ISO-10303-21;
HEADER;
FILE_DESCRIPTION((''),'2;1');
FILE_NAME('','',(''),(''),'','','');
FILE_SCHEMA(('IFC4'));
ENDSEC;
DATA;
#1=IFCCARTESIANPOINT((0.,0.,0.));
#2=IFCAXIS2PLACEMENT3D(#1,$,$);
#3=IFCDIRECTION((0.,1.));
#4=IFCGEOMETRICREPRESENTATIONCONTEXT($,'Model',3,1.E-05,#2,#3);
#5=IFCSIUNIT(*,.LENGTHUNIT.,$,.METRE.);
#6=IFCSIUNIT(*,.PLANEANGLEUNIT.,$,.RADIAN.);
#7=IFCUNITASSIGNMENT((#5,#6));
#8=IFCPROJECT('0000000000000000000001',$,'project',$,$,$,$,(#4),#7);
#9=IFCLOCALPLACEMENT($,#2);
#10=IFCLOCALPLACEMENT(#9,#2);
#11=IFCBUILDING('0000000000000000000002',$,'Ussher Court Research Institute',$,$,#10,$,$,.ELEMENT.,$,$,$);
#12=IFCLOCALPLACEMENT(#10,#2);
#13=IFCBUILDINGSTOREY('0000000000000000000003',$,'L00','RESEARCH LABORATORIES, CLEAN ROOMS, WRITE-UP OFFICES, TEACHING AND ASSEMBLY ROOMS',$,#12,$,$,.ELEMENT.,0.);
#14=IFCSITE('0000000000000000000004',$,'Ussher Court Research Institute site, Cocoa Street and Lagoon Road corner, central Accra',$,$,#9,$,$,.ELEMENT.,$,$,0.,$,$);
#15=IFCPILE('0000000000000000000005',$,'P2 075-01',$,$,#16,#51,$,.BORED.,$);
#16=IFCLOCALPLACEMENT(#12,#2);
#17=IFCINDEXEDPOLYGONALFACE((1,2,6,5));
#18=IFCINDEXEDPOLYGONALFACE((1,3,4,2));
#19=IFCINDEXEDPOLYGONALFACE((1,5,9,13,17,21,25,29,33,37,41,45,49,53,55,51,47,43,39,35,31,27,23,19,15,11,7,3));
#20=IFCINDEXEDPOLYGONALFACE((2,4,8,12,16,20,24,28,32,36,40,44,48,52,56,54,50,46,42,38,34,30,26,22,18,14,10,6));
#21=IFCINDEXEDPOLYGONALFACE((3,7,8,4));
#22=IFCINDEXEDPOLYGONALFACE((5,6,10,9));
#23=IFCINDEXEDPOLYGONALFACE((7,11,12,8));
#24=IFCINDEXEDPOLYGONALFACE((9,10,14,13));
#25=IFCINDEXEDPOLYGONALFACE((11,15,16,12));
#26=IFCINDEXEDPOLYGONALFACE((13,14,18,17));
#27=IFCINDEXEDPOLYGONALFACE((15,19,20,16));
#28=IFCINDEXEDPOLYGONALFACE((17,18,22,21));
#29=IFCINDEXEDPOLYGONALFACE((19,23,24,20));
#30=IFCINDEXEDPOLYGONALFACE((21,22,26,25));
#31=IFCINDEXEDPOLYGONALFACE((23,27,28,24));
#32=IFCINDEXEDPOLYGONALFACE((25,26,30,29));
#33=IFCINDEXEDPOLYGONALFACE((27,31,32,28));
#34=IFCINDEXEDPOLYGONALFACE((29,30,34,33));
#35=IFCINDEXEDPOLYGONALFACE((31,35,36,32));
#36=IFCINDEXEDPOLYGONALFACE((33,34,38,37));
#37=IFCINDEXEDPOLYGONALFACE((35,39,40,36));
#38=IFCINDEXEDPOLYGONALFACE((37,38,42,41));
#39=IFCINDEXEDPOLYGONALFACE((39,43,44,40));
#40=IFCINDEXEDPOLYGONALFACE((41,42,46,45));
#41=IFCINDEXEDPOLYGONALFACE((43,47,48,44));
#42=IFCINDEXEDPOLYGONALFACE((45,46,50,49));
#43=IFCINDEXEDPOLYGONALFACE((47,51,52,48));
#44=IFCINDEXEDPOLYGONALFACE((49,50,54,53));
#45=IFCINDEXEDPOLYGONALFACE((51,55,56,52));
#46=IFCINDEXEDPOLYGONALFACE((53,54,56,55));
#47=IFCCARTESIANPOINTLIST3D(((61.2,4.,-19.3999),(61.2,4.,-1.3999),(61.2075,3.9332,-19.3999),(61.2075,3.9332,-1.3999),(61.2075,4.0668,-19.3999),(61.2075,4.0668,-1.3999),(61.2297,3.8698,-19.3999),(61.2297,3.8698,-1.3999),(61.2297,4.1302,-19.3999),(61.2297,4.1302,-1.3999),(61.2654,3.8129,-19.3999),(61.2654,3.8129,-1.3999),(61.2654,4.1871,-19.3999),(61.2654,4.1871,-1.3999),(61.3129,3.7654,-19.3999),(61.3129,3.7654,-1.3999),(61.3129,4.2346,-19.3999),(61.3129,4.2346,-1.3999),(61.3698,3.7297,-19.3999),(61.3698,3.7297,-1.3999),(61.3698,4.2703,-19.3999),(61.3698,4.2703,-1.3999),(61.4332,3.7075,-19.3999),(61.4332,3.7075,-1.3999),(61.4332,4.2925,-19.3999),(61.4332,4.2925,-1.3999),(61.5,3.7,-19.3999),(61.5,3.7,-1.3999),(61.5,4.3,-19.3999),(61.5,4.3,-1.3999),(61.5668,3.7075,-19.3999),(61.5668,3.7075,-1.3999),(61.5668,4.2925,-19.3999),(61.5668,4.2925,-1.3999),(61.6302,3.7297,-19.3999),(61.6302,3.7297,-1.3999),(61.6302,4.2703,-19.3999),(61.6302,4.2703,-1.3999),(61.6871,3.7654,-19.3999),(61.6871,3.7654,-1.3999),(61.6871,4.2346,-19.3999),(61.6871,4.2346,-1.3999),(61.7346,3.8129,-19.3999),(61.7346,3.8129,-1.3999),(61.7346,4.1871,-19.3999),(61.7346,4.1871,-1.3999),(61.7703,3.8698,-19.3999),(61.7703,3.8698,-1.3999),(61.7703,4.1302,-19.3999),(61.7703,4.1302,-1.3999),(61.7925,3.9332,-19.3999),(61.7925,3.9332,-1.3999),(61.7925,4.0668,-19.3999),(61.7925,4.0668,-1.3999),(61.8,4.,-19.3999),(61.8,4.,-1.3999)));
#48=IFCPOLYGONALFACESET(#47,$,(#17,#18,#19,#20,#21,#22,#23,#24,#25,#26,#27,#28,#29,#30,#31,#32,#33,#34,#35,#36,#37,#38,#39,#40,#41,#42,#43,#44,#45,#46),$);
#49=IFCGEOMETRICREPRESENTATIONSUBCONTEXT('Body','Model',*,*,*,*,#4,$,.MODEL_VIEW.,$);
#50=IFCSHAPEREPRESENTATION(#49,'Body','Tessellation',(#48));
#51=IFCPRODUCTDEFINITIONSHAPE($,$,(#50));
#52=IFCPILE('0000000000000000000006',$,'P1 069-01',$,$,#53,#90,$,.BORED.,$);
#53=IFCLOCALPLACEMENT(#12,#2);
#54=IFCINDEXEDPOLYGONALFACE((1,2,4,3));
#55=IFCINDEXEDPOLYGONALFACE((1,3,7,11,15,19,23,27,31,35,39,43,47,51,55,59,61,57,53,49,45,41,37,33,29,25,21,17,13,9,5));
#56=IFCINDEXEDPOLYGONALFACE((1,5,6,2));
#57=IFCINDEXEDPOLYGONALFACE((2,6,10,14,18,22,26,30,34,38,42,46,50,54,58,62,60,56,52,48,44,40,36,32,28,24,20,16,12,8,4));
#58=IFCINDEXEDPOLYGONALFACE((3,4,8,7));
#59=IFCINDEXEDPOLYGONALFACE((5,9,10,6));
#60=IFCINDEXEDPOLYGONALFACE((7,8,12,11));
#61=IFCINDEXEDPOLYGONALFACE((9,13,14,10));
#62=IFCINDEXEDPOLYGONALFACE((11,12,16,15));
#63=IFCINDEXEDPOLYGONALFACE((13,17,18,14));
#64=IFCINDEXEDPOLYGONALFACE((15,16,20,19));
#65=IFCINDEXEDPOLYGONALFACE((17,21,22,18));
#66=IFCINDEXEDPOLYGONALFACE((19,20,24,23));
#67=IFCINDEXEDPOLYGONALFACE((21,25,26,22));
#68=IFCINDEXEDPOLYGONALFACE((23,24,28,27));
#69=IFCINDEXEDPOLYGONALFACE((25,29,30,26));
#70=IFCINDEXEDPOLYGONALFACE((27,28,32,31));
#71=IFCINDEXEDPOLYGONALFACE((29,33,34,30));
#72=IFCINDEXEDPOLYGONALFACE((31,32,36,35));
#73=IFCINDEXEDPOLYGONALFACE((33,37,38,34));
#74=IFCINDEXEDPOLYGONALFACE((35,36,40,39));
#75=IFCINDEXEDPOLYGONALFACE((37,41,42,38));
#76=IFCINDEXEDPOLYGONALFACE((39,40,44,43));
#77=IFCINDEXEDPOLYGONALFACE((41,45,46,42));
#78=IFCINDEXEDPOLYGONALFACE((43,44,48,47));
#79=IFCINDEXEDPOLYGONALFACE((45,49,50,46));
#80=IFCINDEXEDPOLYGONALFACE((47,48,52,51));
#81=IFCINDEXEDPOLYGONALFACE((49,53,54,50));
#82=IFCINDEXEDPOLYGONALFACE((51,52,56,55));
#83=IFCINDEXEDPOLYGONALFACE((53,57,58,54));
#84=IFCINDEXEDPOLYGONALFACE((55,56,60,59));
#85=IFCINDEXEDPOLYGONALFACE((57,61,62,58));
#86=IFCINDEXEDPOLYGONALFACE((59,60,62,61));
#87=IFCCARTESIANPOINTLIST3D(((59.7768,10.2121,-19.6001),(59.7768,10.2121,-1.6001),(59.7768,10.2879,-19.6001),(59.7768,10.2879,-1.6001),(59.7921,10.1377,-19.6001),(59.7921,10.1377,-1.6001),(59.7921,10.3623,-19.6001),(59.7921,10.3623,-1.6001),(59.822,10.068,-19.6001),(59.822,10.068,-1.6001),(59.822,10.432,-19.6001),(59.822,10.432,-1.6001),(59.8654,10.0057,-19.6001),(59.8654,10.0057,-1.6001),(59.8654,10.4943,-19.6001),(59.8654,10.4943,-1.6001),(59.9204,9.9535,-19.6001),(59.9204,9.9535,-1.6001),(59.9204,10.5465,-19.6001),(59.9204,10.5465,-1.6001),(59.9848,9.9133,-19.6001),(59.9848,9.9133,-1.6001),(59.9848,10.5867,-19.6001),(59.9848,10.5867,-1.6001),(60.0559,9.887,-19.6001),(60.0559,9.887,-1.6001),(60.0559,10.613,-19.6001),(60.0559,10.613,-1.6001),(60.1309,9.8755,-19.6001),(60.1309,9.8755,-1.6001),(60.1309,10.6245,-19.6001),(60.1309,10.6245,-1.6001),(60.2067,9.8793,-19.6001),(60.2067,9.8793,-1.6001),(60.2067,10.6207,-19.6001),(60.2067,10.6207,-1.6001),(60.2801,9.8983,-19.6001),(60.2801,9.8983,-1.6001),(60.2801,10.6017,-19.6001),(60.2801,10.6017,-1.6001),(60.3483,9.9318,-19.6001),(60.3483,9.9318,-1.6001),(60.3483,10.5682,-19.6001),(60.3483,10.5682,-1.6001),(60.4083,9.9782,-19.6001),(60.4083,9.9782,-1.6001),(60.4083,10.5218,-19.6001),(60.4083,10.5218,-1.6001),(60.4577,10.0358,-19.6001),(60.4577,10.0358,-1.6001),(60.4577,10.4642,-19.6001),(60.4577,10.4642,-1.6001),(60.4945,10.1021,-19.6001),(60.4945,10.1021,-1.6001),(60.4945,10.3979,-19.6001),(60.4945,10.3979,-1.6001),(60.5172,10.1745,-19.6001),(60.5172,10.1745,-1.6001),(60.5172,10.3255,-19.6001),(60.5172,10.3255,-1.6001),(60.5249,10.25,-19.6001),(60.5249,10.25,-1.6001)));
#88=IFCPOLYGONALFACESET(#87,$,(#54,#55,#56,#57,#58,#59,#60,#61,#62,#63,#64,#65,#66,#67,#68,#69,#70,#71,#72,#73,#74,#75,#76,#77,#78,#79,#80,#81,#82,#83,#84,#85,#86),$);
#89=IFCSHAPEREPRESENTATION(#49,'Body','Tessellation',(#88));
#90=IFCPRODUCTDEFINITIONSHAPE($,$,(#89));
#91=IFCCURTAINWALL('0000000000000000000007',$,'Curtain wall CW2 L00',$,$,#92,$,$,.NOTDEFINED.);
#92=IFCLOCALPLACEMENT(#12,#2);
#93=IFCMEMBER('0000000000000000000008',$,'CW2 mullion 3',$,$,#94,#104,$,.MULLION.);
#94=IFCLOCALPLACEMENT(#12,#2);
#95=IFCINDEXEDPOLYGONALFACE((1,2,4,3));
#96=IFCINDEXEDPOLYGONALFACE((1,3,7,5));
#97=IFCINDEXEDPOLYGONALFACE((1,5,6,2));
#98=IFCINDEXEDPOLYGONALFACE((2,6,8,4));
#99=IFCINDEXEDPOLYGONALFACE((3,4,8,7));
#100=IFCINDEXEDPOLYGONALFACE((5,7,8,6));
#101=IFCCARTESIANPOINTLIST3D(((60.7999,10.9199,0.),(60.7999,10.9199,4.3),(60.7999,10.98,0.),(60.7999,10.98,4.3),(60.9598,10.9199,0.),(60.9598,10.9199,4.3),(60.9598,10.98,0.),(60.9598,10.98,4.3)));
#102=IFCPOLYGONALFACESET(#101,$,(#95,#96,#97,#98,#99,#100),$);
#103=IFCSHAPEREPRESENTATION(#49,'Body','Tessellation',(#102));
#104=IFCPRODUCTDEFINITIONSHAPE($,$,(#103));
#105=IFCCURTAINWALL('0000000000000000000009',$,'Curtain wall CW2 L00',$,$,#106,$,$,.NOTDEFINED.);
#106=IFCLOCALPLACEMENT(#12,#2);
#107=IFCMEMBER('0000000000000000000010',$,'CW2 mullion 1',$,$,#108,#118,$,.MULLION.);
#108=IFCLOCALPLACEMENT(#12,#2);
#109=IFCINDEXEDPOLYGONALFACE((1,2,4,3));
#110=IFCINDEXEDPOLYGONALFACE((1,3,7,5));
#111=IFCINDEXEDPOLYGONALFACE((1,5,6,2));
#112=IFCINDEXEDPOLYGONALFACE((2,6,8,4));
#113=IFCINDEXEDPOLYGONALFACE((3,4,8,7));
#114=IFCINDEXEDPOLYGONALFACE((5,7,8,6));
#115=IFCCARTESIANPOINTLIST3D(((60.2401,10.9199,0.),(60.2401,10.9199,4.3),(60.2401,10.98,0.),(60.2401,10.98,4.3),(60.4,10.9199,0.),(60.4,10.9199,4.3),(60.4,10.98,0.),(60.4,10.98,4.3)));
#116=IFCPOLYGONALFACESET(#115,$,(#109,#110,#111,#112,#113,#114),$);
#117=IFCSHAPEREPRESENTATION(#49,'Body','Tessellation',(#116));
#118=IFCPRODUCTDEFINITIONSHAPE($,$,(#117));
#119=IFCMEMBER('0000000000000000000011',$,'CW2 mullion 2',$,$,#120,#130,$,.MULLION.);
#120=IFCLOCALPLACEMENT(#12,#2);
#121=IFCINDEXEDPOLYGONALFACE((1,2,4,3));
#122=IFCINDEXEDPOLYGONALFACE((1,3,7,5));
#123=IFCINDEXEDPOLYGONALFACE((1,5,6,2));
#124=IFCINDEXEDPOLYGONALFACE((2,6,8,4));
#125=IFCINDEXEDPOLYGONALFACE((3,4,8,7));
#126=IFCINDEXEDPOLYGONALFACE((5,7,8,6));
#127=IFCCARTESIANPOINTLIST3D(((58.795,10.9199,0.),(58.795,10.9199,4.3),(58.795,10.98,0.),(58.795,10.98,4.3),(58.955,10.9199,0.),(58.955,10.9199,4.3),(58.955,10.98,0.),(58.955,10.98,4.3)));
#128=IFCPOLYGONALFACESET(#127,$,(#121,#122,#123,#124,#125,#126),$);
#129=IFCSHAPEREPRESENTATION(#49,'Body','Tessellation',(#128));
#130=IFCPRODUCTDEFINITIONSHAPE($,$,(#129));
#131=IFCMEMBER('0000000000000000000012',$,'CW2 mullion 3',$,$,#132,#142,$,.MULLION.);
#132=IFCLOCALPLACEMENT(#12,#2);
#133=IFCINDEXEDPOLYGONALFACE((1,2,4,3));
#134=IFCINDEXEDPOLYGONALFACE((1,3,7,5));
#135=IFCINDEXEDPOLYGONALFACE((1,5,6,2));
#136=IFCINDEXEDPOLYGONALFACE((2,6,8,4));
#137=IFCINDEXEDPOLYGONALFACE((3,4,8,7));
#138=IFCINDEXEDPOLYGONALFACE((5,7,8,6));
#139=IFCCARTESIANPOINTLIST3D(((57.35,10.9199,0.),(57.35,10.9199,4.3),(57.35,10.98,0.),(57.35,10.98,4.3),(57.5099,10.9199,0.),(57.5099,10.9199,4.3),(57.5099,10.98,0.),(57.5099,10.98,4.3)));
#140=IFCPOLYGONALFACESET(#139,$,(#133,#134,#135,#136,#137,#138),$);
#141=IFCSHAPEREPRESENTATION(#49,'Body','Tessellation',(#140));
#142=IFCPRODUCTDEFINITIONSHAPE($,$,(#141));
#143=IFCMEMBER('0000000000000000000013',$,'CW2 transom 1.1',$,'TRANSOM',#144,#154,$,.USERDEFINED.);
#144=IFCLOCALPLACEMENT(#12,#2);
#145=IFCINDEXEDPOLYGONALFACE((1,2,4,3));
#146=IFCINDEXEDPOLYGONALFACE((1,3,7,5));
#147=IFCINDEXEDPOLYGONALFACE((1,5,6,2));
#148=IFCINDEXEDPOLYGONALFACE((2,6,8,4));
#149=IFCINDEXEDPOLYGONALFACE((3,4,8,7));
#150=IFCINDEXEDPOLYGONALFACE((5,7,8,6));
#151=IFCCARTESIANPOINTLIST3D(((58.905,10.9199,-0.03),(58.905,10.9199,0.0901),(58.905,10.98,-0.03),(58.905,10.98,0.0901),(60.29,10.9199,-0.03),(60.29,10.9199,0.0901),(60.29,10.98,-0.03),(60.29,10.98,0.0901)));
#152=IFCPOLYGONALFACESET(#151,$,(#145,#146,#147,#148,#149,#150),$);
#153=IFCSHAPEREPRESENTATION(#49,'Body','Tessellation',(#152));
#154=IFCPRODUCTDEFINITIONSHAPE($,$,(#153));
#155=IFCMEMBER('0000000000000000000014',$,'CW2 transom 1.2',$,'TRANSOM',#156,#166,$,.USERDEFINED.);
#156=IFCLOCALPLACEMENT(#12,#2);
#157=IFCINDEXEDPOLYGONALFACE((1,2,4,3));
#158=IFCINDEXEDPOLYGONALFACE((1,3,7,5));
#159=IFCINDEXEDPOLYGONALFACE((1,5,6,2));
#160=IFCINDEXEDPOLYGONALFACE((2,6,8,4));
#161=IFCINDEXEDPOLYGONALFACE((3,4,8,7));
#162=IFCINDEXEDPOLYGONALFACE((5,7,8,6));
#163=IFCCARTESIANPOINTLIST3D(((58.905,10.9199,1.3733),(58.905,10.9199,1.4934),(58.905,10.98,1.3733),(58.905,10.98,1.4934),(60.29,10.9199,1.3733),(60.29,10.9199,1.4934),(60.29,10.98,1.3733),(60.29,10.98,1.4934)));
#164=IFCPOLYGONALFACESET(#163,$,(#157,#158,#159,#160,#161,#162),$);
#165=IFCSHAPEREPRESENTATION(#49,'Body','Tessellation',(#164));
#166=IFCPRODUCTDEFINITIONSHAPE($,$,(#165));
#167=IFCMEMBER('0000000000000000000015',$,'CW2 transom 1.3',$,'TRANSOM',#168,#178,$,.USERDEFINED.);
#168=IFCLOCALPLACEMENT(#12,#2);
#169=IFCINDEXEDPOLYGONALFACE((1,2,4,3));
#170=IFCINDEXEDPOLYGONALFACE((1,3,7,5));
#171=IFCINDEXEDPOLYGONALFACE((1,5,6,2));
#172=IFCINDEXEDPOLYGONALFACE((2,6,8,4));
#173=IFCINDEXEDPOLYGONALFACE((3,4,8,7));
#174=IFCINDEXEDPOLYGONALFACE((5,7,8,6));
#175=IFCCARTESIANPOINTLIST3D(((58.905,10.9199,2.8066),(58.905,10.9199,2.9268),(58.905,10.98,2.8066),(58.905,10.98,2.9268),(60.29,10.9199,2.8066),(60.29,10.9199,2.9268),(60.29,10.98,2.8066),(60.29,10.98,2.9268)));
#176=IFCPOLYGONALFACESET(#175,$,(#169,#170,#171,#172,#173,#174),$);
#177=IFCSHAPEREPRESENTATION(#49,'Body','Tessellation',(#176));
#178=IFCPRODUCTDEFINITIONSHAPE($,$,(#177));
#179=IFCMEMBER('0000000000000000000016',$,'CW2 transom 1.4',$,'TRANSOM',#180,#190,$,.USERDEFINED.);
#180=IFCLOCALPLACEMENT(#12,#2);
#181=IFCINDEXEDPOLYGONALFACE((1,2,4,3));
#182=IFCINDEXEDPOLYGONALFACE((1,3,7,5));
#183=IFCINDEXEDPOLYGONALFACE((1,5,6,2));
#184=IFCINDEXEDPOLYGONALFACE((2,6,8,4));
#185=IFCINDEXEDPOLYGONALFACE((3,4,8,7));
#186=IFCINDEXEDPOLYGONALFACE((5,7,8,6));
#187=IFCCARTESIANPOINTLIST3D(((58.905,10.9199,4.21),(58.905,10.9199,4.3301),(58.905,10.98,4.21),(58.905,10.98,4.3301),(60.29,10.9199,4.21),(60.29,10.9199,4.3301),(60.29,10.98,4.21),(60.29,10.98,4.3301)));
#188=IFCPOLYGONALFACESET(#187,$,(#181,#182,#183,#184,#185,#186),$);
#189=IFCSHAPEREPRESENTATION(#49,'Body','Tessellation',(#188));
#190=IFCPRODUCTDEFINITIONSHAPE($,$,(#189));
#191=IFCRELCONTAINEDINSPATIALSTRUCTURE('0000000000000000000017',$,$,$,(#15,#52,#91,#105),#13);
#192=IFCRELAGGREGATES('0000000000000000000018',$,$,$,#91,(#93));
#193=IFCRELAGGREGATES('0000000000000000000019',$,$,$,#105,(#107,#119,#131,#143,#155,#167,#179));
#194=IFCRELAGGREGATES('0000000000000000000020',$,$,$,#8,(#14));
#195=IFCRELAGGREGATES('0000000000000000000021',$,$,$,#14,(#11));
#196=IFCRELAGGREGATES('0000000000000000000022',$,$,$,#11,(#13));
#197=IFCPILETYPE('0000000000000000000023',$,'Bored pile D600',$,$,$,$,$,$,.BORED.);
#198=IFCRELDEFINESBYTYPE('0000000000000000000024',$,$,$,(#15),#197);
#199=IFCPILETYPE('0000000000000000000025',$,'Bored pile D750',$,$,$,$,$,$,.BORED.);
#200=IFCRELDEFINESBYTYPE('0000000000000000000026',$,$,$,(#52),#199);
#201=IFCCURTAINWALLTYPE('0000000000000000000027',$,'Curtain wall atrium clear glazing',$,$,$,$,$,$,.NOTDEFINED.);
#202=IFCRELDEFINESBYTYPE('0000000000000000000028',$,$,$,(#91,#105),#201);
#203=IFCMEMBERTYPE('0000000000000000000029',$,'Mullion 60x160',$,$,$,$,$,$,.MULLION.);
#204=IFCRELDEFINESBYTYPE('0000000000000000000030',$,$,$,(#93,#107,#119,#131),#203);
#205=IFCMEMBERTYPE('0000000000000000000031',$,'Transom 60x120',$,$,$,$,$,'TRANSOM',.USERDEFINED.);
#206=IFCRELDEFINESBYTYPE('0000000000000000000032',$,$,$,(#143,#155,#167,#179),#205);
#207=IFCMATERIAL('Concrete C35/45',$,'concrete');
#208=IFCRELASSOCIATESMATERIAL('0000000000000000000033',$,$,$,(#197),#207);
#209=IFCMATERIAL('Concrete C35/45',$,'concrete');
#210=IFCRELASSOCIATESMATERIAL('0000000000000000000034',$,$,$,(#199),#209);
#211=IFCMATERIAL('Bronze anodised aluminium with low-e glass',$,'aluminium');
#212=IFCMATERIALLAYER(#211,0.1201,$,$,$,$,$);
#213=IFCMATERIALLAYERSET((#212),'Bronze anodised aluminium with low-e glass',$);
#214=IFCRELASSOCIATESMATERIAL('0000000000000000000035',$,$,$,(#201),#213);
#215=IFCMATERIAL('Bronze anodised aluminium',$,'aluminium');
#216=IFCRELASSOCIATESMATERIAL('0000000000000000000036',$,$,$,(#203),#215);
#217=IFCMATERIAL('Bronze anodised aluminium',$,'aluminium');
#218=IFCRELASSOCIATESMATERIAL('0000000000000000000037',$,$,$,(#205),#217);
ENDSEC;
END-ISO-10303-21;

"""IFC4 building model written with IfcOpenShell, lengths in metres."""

from ifc_helpers import new_model, si_unit, direction, frame, origin, origin_2d, place, context, subcontext, project, spatial, rectangle, circle, extrude, material, layer, layer_set, material_profile, profile_set, type_object, element, aggregate, save


model = new_model("IFC4")

# Units and contexts
model_context = context("Model", 3, precision=1e-05, world=origin(), true_north=direction((0.0, 1.0)))
body_context = subcontext(model_context, "Body", "Model", "MODEL_VIEW")
ifc_project = project(units=[si_unit("LENGTHUNIT", "METRE"), si_unit("PLANEANGLEUNIT", "RADIAN")], contexts=[model_context])

# Site, building, storey
site_placement = place(None, origin())
site = spatial("IfcSite", under=ifc_project, at=site_placement, Name="Ussher Court Research Institute site, Cocoa Street and Lagoon Road corner, central Accra", CompositionType="ELEMENT", RefElevation=0.0)
building_placement = place(site_placement, origin())
building = spatial("IfcBuilding", under=site, at=building_placement, Name="Ussher Court Research Institute", CompositionType="ELEMENT")
storey_placement = place(building_placement, origin())
storey = spatial("IfcBuildingStorey", under=building, at=storey_placement, Name="L00", Description="RESEARCH LABORATORIES, CLEAN ROOMS, WRITE-UP OFFICES, TEACHING AND ASSEMBLY ROOMS", CompositionType="ELEMENT", Elevation=0.0)

# Piles
ifc_material_1 = material(Name="Concrete C35/45", Category="concrete")
ifc_material_profile_1 = material_profile(ifc_material_1, circle(Radius=0.3, at=origin_2d()), Name="RC D600")
ifc_profile_set_1 = profile_set([ifc_material_profile_1], Name="Concrete C35/45")
pile_type_1 = type_object("IfcPileType", Name="Bored pile D600", PredefinedType="BORED", material=ifc_profile_set_1)
pile_1_placement = place(storey_placement, frame((61.5, 4.0, -1.3999), z_axis=(0.0, 0.0, -1.0), x_axis=(1.0, 0.0, 0.0)))
element("IfcPile", 1, at=pile_1_placement, inside=storey, type_object=pile_type_1, Name="P2 075-01", PredefinedType="BORED", context=body_context, shape_type="SweptSolid", body=[
    extrude(circle(Radius=0.3, at=origin_2d()), origin(), (0.0, 0.0, 1.0), 18.0),
])
ifc_material_2 = material(Name="Concrete C35/45", Category="concrete")
ifc_material_profile_2 = material_profile(ifc_material_2, circle(Radius=0.375, at=origin_2d()), Name="RC D750")
ifc_profile_set_2 = profile_set([ifc_material_profile_2], Name="Concrete C35/45")
pile_type_2 = type_object("IfcPileType", Name="Bored pile D750", PredefinedType="BORED", material=ifc_profile_set_2)
pile_2_placement = place(storey_placement, frame((60.1499, 10.25, -1.6001), z_axis=(0.0, 0.0, -1.0), x_axis=(1.0, 0.0, 0.0)))
element("IfcPile", 2, at=pile_2_placement, inside=storey, type_object=pile_type_2, Name="P1 069-01", PredefinedType="BORED", context=body_context, shape_type="SweptSolid", body=[
    extrude(circle(Radius=0.375, at=origin_2d()), origin(), (0.0, 0.0, 1.0), 18.0),
])

# Curtain wall, member
ifc_material_3 = material(Name="Bronze anodised aluminium with low-e glass", Category="aluminium")
ifc_layer_1 = layer(ifc_material_3, 0.1201)
ifc_layer_set_1 = layer_set([ifc_layer_1], Name="Bronze anodised aluminium with low-e glass")
curtain_wall_type = type_object("IfcCurtainWallType", Name="Curtain wall atrium clear glazing", PredefinedType="NOTDEFINED", material=ifc_layer_set_1)
curtain_wall_1_placement = place(storey_placement, origin())
curtain_wall_1 = element("IfcCurtainWall", 3, at=curtain_wall_1_placement, inside=storey, type_object=curtain_wall_type, Name="Curtain wall CW2 L00", PredefinedType="NOTDEFINED")
ifc_material_4 = material(Name="Bronze anodised aluminium", Category="aluminium")
ifc_material_profile_3 = material_profile(ifc_material_4, rectangle(XDim=0.0601, YDim=0.1599, at=origin_2d()), Name="Mullion 60x160")
ifc_profile_set_3 = profile_set([ifc_material_profile_3], Name="Bronze anodised aluminium")
member_type_1 = type_object("IfcMemberType", Name="Mullion 60x160", PredefinedType="MULLION", material=ifc_profile_set_3)
member_1_placement = place(storey_placement, frame((60.8799, 10.95, 0.0), z_axis=(0.0, 0.0, 1.0), x_axis=(0.0, -1.0, 0.0)))
member_1 = element("IfcMember", 4, at=member_1_placement, type_object=member_type_1, Name="CW2 mullion 3", PredefinedType="MULLION", context=body_context, shape_type="SweptSolid", body=[
    extrude(rectangle(XDim=0.0601, YDim=0.1599, at=origin_2d()), origin(), (0.0, 0.0, 1.0), 4.3),
])

# Curtain wall, members
curtain_wall_2_placement = place(storey_placement, origin())
curtain_wall_2 = element("IfcCurtainWall", 5, at=curtain_wall_2_placement, inside=storey, type_object=curtain_wall_type, Name="Curtain wall CW2 L00", PredefinedType="NOTDEFINED")
member_2_placement = place(storey_placement, frame((60.3201, 10.95, 0.0), z_axis=(0.0, 0.0, 1.0), x_axis=(0.0, -1.0, 0.0)))
member_2 = element("IfcMember", 6, at=member_2_placement, type_object=member_type_1, Name="CW2 mullion 1", PredefinedType="MULLION", context=body_context, shape_type="SweptSolid", body=[
    extrude(rectangle(XDim=0.0601, YDim=0.1599, at=origin_2d()), origin(), (0.0, 0.0, 1.0), 4.3),
])
member_3_placement = place(storey_placement, frame((58.875, 10.95, 0.0), z_axis=(0.0, 0.0, 1.0), x_axis=(0.0, -1.0, 0.0)))
member_3 = element("IfcMember", 7, at=member_3_placement, type_object=member_type_1, Name="CW2 mullion 2", PredefinedType="MULLION", context=body_context, shape_type="SweptSolid", body=[
    extrude(rectangle(XDim=0.0601, YDim=0.1599, at=origin_2d()), origin(), (0.0, 0.0, 1.0), 4.3),
])
member_4_placement = place(storey_placement, frame((57.4299, 10.95, 0.0), z_axis=(0.0, 0.0, 1.0), x_axis=(0.0, -1.0, 0.0)))
member_4 = element("IfcMember", 8, at=member_4_placement, type_object=member_type_1, Name="CW2 mullion 3", PredefinedType="MULLION", context=body_context, shape_type="SweptSolid", body=[
    extrude(rectangle(XDim=0.0601, YDim=0.1599, at=origin_2d()), origin(), (0.0, 0.0, 1.0), 4.3),
])
ifc_material_5 = material(Name="Bronze anodised aluminium", Category="aluminium")
ifc_material_profile_4 = material_profile(ifc_material_5, rectangle(XDim=0.0601, YDim=0.1201, at=origin_2d()), Name="Transom 60x120")
ifc_profile_set_4 = profile_set([ifc_material_profile_4], Name="Bronze anodised aluminium")
member_type_2 = type_object("IfcMemberType", Name="Transom 60x120", ElementType="TRANSOM", PredefinedType="USERDEFINED", material=ifc_profile_set_4)
member_5_placement = place(storey_placement, frame((60.29, 10.95, 0.03), z_axis=(-1.0, 0.0, 0.0), x_axis=(0.0, -1.0, 0.0)))
member_5 = element("IfcMember", 9, at=member_5_placement, type_object=member_type_2, Name="CW2 transom 1.1", ObjectType="TRANSOM", PredefinedType="USERDEFINED", context=body_context, shape_type="SweptSolid", body=[
    extrude(rectangle(XDim=0.0601, YDim=0.1201, at=origin_2d()), origin(), (0.0, 0.0, 1.0), 1.385),
])
member_6_placement = place(storey_placement, frame((60.29, 10.95, 1.4333), z_axis=(-1.0, 0.0, 0.0), x_axis=(0.0, -1.0, 0.0)))
member_6 = element("IfcMember", 10, at=member_6_placement, type_object=member_type_2, Name="CW2 transom 1.2", ObjectType="TRANSOM", PredefinedType="USERDEFINED", context=body_context, shape_type="SweptSolid", body=[
    extrude(rectangle(XDim=0.0601, YDim=0.1201, at=origin_2d()), origin(), (0.0, 0.0, 1.0), 1.385),
])
member_7_placement = place(storey_placement, frame((60.29, 10.95, 2.8667), z_axis=(-1.0, 0.0, 0.0), x_axis=(0.0, -1.0, 0.0)))
member_7 = element("IfcMember", 11, at=member_7_placement, type_object=member_type_2, Name="CW2 transom 1.3", ObjectType="TRANSOM", PredefinedType="USERDEFINED", context=body_context, shape_type="SweptSolid", body=[
    extrude(rectangle(XDim=0.0601, YDim=0.1201, at=origin_2d()), origin(), (0.0, 0.0, 1.0), 1.385),
])
member_8_placement = place(storey_placement, frame((60.29, 10.95, 4.27), z_axis=(-1.0, 0.0, 0.0), x_axis=(0.0, -1.0, 0.0)))
member_8 = element("IfcMember", 12, at=member_8_placement, type_object=member_type_2, Name="CW2 transom 1.4", ObjectType="TRANSOM", PredefinedType="USERDEFINED", context=body_context, shape_type="SweptSolid", body=[
    extrude(rectangle(XDim=0.0601, YDim=0.1201, at=origin_2d()), origin(), (0.0, 0.0, 1.0), 1.385),
])

aggregate(curtain_wall_1, [member_1])
aggregate(curtain_wall_2, [member_2, member_3, member_4, member_5, member_6, member_7, member_8])

save(model, "model.ifc")
